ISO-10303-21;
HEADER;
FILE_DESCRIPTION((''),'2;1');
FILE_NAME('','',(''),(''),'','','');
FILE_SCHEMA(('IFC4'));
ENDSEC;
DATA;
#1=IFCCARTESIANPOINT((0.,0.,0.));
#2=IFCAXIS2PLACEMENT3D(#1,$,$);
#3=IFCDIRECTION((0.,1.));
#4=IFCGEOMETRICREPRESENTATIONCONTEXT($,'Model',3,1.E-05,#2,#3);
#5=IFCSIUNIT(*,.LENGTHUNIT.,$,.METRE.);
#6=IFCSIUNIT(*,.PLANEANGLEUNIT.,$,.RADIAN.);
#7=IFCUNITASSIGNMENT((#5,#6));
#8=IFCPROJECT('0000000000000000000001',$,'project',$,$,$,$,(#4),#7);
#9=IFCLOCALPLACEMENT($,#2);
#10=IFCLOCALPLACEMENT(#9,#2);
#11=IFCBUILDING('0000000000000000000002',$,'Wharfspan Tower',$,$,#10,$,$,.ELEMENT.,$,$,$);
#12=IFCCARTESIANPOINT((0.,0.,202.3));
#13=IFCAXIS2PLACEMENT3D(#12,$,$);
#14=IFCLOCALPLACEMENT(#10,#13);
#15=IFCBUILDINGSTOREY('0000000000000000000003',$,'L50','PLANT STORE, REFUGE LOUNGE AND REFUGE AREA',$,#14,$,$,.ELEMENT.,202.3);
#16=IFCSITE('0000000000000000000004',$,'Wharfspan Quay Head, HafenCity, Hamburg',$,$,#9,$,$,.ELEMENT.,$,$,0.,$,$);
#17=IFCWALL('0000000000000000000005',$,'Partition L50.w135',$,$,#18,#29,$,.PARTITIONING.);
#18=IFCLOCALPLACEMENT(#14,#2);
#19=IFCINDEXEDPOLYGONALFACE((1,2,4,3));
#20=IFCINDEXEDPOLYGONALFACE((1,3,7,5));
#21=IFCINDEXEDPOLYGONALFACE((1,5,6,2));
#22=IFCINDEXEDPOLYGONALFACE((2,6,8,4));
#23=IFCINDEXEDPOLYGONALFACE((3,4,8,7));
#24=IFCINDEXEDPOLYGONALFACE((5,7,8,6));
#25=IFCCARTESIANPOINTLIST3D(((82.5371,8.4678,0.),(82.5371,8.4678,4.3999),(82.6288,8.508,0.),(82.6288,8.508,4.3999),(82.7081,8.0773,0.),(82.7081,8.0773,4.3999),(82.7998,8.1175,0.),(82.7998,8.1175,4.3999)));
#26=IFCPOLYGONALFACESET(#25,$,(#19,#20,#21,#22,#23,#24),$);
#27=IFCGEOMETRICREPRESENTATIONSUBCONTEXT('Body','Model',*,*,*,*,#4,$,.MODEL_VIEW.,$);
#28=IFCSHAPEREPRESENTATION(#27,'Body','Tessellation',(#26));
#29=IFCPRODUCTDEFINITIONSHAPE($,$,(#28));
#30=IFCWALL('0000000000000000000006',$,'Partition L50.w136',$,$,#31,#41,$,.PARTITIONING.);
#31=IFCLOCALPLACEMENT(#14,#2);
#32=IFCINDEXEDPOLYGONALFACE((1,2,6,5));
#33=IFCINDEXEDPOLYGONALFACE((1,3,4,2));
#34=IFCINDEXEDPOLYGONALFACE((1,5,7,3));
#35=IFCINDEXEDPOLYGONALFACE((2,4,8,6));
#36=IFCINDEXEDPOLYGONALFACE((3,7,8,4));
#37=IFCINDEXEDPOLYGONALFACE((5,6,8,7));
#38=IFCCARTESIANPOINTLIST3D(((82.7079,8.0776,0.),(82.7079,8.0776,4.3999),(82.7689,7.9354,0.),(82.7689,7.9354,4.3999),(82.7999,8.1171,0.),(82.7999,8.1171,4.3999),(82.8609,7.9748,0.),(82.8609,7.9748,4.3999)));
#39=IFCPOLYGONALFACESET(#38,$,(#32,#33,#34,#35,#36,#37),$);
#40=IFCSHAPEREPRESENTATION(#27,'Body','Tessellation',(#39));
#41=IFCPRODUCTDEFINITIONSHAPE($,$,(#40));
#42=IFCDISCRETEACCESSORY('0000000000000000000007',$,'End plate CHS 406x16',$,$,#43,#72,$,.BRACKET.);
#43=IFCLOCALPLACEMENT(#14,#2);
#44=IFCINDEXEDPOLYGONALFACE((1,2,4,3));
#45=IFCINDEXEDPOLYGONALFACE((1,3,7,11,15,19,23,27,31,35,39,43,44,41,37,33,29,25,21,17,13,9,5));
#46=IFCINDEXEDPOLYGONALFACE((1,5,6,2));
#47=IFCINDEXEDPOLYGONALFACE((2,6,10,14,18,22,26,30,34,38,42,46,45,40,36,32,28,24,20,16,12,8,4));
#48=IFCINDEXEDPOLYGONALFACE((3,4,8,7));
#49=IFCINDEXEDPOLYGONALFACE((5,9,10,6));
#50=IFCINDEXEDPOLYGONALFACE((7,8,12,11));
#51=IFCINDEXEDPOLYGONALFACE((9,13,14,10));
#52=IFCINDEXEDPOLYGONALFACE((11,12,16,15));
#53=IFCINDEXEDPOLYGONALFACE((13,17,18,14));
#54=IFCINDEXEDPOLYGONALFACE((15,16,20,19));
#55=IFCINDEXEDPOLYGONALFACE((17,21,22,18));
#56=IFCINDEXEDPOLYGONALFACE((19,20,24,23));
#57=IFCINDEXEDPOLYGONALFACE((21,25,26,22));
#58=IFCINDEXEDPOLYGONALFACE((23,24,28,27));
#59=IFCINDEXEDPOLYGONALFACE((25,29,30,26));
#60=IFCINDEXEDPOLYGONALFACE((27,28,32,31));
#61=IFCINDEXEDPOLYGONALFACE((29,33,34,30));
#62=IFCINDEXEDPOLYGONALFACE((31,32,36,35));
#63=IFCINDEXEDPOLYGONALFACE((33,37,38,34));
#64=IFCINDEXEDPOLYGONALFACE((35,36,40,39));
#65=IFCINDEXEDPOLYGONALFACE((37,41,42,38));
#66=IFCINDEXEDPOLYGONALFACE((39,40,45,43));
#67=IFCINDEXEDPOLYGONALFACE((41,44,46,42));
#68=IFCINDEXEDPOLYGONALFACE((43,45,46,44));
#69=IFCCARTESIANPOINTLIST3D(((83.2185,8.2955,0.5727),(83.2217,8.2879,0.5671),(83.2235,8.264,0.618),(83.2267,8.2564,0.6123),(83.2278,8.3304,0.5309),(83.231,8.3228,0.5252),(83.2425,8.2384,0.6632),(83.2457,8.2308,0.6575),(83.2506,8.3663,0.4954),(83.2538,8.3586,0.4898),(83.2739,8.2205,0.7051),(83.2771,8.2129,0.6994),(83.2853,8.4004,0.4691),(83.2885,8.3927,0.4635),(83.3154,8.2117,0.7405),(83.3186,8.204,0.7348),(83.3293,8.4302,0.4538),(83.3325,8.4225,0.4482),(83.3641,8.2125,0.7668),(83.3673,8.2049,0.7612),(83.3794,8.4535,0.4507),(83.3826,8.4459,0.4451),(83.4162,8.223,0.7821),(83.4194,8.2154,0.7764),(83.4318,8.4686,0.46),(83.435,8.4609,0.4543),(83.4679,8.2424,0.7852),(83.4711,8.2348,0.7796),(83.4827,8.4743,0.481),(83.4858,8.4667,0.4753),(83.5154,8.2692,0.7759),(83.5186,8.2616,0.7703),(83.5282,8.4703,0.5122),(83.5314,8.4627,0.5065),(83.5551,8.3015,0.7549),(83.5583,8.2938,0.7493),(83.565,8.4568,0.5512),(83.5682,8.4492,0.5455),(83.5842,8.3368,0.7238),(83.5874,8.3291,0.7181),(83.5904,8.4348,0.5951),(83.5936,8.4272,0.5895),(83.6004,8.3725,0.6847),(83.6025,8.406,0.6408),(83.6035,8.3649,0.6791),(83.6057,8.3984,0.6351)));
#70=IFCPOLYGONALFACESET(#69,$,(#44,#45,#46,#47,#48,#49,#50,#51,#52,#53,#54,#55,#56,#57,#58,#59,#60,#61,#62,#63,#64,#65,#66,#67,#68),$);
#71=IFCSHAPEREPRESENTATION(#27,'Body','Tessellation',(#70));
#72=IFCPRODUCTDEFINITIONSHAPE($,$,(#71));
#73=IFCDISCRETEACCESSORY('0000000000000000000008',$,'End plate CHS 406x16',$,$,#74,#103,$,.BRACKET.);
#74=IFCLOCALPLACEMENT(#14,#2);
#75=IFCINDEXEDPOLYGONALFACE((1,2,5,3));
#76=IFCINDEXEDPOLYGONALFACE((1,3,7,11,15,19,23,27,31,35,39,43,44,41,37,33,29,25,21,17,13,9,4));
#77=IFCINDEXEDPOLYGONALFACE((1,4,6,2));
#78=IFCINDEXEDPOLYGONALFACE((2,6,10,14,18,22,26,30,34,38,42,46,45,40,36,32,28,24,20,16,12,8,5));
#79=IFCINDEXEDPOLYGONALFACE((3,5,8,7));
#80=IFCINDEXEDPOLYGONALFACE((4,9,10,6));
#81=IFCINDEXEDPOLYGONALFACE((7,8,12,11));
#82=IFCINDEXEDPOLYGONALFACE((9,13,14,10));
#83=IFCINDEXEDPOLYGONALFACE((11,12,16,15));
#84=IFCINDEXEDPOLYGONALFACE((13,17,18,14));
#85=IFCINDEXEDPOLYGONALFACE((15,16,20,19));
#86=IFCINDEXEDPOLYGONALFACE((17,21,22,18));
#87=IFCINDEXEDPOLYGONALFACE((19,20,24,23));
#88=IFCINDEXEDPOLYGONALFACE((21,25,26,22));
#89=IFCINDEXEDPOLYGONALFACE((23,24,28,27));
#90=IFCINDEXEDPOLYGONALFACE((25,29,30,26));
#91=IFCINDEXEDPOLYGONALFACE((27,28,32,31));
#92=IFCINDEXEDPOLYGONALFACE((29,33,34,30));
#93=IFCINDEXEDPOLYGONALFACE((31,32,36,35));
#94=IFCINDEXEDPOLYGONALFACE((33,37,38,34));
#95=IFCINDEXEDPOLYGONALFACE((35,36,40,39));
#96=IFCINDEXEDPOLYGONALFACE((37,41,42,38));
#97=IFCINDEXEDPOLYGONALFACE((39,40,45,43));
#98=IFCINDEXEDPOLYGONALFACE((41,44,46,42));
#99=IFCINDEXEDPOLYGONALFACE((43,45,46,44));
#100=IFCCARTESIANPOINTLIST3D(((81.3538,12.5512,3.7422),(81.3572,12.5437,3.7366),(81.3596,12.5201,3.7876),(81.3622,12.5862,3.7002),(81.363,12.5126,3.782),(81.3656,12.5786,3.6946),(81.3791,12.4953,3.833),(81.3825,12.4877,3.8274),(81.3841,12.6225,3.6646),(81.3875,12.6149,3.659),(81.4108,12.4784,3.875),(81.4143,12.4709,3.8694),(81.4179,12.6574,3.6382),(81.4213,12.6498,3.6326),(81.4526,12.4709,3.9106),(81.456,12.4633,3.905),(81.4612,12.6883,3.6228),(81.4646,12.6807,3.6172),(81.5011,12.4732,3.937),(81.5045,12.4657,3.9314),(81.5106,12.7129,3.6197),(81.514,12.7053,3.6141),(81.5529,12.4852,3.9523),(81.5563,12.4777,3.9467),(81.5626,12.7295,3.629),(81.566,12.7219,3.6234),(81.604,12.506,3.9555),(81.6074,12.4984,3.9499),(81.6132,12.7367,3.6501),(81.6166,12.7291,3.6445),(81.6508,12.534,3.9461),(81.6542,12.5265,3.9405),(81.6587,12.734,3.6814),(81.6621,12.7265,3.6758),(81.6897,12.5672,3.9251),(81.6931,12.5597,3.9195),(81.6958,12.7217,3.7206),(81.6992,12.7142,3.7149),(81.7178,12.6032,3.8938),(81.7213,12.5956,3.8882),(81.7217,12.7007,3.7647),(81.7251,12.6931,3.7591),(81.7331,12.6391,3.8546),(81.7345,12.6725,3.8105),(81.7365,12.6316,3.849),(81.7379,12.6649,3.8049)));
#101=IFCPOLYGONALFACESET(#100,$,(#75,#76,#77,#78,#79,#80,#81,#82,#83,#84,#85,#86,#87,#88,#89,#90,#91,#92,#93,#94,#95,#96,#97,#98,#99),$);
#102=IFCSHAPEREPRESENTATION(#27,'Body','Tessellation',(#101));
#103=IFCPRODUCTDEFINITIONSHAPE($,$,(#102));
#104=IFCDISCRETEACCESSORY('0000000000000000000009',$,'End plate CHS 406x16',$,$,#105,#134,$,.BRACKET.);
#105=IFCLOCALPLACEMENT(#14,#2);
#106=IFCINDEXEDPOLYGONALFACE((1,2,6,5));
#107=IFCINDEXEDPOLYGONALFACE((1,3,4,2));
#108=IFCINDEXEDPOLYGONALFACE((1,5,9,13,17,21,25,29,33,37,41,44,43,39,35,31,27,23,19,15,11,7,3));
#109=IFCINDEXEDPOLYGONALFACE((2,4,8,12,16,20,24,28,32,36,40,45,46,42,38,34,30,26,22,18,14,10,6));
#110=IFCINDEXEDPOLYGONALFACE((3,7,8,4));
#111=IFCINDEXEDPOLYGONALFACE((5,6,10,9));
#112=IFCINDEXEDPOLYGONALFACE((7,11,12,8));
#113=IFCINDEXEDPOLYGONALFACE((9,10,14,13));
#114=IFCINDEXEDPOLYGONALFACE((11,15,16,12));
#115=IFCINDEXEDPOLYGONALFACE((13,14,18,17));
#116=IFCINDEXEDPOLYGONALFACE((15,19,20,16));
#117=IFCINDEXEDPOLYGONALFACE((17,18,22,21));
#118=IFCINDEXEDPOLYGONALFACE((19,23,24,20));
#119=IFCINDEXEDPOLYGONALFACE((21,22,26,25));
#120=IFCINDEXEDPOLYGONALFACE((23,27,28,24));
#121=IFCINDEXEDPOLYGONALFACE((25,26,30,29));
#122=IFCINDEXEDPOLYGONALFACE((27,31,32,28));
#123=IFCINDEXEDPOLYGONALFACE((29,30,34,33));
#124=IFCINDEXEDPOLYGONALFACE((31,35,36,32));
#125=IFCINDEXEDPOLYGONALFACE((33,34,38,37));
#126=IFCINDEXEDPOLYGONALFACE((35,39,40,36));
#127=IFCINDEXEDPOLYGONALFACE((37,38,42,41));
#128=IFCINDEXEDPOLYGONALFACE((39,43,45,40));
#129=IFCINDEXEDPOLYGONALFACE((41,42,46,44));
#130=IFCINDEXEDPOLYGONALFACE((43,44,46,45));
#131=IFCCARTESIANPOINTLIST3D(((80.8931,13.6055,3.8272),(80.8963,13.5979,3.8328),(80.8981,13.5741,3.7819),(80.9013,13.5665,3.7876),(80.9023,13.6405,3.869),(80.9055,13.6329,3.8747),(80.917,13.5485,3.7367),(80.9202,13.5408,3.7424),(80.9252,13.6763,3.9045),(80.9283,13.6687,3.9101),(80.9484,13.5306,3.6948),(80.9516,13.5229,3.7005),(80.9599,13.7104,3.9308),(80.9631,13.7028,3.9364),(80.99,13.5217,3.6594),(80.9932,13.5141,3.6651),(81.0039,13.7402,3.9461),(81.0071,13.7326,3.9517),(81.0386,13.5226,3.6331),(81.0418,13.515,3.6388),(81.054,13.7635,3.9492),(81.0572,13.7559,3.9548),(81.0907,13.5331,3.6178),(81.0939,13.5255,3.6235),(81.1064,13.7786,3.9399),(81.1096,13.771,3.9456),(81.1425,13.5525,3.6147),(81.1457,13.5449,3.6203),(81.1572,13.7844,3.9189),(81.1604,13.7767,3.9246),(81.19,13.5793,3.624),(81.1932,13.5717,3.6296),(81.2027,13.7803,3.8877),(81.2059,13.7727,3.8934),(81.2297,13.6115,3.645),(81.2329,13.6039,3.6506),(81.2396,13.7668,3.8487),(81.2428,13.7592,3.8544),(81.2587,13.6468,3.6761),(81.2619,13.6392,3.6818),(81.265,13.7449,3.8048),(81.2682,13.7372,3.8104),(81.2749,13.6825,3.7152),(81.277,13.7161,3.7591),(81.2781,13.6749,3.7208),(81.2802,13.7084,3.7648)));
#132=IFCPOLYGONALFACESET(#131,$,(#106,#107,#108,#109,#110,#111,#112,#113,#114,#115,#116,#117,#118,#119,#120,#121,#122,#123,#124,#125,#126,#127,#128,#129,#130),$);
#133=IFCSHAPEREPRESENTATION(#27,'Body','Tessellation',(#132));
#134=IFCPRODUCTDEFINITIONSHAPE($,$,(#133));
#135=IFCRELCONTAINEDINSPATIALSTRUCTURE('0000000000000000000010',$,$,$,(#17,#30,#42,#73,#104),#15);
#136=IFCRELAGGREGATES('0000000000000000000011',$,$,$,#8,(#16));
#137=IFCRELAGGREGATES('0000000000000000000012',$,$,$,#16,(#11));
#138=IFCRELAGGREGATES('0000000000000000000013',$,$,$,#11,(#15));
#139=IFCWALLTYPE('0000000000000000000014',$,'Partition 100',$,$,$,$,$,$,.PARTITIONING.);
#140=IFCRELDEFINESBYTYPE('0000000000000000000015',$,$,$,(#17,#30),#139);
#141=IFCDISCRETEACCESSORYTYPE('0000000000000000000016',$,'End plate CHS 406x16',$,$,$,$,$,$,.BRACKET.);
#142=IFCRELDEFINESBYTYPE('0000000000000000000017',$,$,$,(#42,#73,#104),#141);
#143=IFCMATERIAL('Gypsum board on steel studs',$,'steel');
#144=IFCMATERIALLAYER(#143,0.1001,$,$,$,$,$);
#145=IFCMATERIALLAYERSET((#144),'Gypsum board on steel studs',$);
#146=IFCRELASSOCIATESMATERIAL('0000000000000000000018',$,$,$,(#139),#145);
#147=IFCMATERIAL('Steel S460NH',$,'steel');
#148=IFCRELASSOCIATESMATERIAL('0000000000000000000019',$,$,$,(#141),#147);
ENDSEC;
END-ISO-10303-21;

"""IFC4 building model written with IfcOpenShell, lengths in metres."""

from ifc_helpers import new_model, si_unit, direction, frame, frame_2d, origin, origin_2d, place, context, subcontext, project, spatial, rectangle, circle, extrude, material, layer, layer_set, material_profile, profile_set, type_object, element, save


model = new_model("IFC4")

# Units and contexts
model_context = context("Model", 3, precision=1e-05, world=origin(), true_north=direction((0.0, 1.0)))
body_context = subcontext(model_context, "Body", "Model", "MODEL_VIEW")
ifc_project = project(units=[si_unit("LENGTHUNIT", "METRE"), si_unit("PLANEANGLEUNIT", "RADIAN")], contexts=[model_context])

# Site, building, storey
site_placement = place(None, origin())
site = spatial("IfcSite", under=ifc_project, at=site_placement, Name="Wharfspan Quay Head, HafenCity, Hamburg", CompositionType="ELEMENT", RefElevation=0.0)
building_placement = place(site_placement, origin())
building = spatial("IfcBuilding", under=site, at=building_placement, Name="Wharfspan Tower", CompositionType="ELEMENT")
storey_placement = place(building_placement, frame((0.0, 0.0, 202.3)))
storey = spatial("IfcBuildingStorey", under=building, at=storey_placement, Name="L50", Description="PLANT STORE, REFUGE LOUNGE AND REFUGE AREA", CompositionType="ELEMENT", Elevation=202.3)

# Shared definitions
ifc_material_1 = material(Name="Steel S460NH", Category="steel")

# Walls
ifc_material_2 = material(Name="Gypsum board on steel studs", Category="steel")
ifc_layer_1 = layer(ifc_material_2, 0.1001)
ifc_layer_set_1 = layer_set([ifc_layer_1], Name="Gypsum board on steel studs")
wall_type_1 = type_object("IfcWallType", Name="Partition 100", PredefinedType="PARTITIONING", material=ifc_layer_set_1)
wall_1_placement = place(storey_placement, frame((82.7539, 8.0974, 0.0), z_axis=(0.0, 0.0, 1.0), x_axis=(-0.40103, 0.916067, 0.0)))
element("IfcWall", 1, at=wall_1_placement, inside=storey, type_object=wall_type_1, Name="Partition L50.w135", PredefinedType="PARTITIONING", context=body_context, shape_type="SweptSolid", body=[
    extrude(rectangle(XDim=0.4263, YDim=0.1001, at=frame_2d((0.2131, 0.0))), origin(), (0.0, 0.0, 1.0), 4.3999),
])
wall_2_placement = place(storey_placement, frame((82.8149, 7.9551, 0.0), z_axis=(0.0, 0.0, 1.0), x_axis=(-0.394108, 0.91906, 0.0)))
element("IfcWall", 2, at=wall_2_placement, inside=storey, type_object=wall_type_1, Name="Partition L50.w136", PredefinedType="PARTITIONING", context=body_context, shape_type="SweptSolid", body=[
    extrude(rectangle(XDim=0.1548, YDim=0.1001, at=frame_2d((0.0774, 0.0))), origin(), (0.0, 0.0, 1.0), 4.3999),
])

# Discrete accessories
ifc_material_profile_1 = material_profile(ifc_material_1, circle(Radius=0.2031, at=origin_2d()))
ifc_profile_set_1 = profile_set([ifc_material_profile_1], Name="Steel S460NH")
discrete_accessory_type = type_object("IfcDiscreteAccessoryType", Name="End plate CHS 406x16", PredefinedType="BRACKET", material=ifc_profile_set_1)
for number, where, z_axis, x_axis, name in (
    (3, (83.4141, 8.335, 0.6123), (-0.319169, 0.761094, 0.564683), (-0.92219, -0.386727, 0.000002), "End plate CHS 406x16"),
    (4, (81.5481, 12.5962, 3.782), (-0.340957, 0.754976, 0.560143), (-0.911372, -0.411586, -0.000002), "End plate CHS 406x16"),
    (5, (81.0886, 13.645, 3.7876), (-0.319169, 0.761094, -0.564683), (-0.92219, -0.386727, -0.000002), "End plate CHS 406x16"),
):
    element("IfcDiscreteAccessory", number, at=place(storey_placement, frame(where, z_axis=z_axis, x_axis=x_axis)), inside=storey, type_object=discrete_accessory_type, Name=name, PredefinedType="BRACKET", context=body_context, shape_type="SweptSolid", body=[
        extrude(circle(Radius=0.2031, at=origin_2d()), origin(), (0.0, 0.0, 1.0), 0.01),
    ])

save(model, "model.ifc")
